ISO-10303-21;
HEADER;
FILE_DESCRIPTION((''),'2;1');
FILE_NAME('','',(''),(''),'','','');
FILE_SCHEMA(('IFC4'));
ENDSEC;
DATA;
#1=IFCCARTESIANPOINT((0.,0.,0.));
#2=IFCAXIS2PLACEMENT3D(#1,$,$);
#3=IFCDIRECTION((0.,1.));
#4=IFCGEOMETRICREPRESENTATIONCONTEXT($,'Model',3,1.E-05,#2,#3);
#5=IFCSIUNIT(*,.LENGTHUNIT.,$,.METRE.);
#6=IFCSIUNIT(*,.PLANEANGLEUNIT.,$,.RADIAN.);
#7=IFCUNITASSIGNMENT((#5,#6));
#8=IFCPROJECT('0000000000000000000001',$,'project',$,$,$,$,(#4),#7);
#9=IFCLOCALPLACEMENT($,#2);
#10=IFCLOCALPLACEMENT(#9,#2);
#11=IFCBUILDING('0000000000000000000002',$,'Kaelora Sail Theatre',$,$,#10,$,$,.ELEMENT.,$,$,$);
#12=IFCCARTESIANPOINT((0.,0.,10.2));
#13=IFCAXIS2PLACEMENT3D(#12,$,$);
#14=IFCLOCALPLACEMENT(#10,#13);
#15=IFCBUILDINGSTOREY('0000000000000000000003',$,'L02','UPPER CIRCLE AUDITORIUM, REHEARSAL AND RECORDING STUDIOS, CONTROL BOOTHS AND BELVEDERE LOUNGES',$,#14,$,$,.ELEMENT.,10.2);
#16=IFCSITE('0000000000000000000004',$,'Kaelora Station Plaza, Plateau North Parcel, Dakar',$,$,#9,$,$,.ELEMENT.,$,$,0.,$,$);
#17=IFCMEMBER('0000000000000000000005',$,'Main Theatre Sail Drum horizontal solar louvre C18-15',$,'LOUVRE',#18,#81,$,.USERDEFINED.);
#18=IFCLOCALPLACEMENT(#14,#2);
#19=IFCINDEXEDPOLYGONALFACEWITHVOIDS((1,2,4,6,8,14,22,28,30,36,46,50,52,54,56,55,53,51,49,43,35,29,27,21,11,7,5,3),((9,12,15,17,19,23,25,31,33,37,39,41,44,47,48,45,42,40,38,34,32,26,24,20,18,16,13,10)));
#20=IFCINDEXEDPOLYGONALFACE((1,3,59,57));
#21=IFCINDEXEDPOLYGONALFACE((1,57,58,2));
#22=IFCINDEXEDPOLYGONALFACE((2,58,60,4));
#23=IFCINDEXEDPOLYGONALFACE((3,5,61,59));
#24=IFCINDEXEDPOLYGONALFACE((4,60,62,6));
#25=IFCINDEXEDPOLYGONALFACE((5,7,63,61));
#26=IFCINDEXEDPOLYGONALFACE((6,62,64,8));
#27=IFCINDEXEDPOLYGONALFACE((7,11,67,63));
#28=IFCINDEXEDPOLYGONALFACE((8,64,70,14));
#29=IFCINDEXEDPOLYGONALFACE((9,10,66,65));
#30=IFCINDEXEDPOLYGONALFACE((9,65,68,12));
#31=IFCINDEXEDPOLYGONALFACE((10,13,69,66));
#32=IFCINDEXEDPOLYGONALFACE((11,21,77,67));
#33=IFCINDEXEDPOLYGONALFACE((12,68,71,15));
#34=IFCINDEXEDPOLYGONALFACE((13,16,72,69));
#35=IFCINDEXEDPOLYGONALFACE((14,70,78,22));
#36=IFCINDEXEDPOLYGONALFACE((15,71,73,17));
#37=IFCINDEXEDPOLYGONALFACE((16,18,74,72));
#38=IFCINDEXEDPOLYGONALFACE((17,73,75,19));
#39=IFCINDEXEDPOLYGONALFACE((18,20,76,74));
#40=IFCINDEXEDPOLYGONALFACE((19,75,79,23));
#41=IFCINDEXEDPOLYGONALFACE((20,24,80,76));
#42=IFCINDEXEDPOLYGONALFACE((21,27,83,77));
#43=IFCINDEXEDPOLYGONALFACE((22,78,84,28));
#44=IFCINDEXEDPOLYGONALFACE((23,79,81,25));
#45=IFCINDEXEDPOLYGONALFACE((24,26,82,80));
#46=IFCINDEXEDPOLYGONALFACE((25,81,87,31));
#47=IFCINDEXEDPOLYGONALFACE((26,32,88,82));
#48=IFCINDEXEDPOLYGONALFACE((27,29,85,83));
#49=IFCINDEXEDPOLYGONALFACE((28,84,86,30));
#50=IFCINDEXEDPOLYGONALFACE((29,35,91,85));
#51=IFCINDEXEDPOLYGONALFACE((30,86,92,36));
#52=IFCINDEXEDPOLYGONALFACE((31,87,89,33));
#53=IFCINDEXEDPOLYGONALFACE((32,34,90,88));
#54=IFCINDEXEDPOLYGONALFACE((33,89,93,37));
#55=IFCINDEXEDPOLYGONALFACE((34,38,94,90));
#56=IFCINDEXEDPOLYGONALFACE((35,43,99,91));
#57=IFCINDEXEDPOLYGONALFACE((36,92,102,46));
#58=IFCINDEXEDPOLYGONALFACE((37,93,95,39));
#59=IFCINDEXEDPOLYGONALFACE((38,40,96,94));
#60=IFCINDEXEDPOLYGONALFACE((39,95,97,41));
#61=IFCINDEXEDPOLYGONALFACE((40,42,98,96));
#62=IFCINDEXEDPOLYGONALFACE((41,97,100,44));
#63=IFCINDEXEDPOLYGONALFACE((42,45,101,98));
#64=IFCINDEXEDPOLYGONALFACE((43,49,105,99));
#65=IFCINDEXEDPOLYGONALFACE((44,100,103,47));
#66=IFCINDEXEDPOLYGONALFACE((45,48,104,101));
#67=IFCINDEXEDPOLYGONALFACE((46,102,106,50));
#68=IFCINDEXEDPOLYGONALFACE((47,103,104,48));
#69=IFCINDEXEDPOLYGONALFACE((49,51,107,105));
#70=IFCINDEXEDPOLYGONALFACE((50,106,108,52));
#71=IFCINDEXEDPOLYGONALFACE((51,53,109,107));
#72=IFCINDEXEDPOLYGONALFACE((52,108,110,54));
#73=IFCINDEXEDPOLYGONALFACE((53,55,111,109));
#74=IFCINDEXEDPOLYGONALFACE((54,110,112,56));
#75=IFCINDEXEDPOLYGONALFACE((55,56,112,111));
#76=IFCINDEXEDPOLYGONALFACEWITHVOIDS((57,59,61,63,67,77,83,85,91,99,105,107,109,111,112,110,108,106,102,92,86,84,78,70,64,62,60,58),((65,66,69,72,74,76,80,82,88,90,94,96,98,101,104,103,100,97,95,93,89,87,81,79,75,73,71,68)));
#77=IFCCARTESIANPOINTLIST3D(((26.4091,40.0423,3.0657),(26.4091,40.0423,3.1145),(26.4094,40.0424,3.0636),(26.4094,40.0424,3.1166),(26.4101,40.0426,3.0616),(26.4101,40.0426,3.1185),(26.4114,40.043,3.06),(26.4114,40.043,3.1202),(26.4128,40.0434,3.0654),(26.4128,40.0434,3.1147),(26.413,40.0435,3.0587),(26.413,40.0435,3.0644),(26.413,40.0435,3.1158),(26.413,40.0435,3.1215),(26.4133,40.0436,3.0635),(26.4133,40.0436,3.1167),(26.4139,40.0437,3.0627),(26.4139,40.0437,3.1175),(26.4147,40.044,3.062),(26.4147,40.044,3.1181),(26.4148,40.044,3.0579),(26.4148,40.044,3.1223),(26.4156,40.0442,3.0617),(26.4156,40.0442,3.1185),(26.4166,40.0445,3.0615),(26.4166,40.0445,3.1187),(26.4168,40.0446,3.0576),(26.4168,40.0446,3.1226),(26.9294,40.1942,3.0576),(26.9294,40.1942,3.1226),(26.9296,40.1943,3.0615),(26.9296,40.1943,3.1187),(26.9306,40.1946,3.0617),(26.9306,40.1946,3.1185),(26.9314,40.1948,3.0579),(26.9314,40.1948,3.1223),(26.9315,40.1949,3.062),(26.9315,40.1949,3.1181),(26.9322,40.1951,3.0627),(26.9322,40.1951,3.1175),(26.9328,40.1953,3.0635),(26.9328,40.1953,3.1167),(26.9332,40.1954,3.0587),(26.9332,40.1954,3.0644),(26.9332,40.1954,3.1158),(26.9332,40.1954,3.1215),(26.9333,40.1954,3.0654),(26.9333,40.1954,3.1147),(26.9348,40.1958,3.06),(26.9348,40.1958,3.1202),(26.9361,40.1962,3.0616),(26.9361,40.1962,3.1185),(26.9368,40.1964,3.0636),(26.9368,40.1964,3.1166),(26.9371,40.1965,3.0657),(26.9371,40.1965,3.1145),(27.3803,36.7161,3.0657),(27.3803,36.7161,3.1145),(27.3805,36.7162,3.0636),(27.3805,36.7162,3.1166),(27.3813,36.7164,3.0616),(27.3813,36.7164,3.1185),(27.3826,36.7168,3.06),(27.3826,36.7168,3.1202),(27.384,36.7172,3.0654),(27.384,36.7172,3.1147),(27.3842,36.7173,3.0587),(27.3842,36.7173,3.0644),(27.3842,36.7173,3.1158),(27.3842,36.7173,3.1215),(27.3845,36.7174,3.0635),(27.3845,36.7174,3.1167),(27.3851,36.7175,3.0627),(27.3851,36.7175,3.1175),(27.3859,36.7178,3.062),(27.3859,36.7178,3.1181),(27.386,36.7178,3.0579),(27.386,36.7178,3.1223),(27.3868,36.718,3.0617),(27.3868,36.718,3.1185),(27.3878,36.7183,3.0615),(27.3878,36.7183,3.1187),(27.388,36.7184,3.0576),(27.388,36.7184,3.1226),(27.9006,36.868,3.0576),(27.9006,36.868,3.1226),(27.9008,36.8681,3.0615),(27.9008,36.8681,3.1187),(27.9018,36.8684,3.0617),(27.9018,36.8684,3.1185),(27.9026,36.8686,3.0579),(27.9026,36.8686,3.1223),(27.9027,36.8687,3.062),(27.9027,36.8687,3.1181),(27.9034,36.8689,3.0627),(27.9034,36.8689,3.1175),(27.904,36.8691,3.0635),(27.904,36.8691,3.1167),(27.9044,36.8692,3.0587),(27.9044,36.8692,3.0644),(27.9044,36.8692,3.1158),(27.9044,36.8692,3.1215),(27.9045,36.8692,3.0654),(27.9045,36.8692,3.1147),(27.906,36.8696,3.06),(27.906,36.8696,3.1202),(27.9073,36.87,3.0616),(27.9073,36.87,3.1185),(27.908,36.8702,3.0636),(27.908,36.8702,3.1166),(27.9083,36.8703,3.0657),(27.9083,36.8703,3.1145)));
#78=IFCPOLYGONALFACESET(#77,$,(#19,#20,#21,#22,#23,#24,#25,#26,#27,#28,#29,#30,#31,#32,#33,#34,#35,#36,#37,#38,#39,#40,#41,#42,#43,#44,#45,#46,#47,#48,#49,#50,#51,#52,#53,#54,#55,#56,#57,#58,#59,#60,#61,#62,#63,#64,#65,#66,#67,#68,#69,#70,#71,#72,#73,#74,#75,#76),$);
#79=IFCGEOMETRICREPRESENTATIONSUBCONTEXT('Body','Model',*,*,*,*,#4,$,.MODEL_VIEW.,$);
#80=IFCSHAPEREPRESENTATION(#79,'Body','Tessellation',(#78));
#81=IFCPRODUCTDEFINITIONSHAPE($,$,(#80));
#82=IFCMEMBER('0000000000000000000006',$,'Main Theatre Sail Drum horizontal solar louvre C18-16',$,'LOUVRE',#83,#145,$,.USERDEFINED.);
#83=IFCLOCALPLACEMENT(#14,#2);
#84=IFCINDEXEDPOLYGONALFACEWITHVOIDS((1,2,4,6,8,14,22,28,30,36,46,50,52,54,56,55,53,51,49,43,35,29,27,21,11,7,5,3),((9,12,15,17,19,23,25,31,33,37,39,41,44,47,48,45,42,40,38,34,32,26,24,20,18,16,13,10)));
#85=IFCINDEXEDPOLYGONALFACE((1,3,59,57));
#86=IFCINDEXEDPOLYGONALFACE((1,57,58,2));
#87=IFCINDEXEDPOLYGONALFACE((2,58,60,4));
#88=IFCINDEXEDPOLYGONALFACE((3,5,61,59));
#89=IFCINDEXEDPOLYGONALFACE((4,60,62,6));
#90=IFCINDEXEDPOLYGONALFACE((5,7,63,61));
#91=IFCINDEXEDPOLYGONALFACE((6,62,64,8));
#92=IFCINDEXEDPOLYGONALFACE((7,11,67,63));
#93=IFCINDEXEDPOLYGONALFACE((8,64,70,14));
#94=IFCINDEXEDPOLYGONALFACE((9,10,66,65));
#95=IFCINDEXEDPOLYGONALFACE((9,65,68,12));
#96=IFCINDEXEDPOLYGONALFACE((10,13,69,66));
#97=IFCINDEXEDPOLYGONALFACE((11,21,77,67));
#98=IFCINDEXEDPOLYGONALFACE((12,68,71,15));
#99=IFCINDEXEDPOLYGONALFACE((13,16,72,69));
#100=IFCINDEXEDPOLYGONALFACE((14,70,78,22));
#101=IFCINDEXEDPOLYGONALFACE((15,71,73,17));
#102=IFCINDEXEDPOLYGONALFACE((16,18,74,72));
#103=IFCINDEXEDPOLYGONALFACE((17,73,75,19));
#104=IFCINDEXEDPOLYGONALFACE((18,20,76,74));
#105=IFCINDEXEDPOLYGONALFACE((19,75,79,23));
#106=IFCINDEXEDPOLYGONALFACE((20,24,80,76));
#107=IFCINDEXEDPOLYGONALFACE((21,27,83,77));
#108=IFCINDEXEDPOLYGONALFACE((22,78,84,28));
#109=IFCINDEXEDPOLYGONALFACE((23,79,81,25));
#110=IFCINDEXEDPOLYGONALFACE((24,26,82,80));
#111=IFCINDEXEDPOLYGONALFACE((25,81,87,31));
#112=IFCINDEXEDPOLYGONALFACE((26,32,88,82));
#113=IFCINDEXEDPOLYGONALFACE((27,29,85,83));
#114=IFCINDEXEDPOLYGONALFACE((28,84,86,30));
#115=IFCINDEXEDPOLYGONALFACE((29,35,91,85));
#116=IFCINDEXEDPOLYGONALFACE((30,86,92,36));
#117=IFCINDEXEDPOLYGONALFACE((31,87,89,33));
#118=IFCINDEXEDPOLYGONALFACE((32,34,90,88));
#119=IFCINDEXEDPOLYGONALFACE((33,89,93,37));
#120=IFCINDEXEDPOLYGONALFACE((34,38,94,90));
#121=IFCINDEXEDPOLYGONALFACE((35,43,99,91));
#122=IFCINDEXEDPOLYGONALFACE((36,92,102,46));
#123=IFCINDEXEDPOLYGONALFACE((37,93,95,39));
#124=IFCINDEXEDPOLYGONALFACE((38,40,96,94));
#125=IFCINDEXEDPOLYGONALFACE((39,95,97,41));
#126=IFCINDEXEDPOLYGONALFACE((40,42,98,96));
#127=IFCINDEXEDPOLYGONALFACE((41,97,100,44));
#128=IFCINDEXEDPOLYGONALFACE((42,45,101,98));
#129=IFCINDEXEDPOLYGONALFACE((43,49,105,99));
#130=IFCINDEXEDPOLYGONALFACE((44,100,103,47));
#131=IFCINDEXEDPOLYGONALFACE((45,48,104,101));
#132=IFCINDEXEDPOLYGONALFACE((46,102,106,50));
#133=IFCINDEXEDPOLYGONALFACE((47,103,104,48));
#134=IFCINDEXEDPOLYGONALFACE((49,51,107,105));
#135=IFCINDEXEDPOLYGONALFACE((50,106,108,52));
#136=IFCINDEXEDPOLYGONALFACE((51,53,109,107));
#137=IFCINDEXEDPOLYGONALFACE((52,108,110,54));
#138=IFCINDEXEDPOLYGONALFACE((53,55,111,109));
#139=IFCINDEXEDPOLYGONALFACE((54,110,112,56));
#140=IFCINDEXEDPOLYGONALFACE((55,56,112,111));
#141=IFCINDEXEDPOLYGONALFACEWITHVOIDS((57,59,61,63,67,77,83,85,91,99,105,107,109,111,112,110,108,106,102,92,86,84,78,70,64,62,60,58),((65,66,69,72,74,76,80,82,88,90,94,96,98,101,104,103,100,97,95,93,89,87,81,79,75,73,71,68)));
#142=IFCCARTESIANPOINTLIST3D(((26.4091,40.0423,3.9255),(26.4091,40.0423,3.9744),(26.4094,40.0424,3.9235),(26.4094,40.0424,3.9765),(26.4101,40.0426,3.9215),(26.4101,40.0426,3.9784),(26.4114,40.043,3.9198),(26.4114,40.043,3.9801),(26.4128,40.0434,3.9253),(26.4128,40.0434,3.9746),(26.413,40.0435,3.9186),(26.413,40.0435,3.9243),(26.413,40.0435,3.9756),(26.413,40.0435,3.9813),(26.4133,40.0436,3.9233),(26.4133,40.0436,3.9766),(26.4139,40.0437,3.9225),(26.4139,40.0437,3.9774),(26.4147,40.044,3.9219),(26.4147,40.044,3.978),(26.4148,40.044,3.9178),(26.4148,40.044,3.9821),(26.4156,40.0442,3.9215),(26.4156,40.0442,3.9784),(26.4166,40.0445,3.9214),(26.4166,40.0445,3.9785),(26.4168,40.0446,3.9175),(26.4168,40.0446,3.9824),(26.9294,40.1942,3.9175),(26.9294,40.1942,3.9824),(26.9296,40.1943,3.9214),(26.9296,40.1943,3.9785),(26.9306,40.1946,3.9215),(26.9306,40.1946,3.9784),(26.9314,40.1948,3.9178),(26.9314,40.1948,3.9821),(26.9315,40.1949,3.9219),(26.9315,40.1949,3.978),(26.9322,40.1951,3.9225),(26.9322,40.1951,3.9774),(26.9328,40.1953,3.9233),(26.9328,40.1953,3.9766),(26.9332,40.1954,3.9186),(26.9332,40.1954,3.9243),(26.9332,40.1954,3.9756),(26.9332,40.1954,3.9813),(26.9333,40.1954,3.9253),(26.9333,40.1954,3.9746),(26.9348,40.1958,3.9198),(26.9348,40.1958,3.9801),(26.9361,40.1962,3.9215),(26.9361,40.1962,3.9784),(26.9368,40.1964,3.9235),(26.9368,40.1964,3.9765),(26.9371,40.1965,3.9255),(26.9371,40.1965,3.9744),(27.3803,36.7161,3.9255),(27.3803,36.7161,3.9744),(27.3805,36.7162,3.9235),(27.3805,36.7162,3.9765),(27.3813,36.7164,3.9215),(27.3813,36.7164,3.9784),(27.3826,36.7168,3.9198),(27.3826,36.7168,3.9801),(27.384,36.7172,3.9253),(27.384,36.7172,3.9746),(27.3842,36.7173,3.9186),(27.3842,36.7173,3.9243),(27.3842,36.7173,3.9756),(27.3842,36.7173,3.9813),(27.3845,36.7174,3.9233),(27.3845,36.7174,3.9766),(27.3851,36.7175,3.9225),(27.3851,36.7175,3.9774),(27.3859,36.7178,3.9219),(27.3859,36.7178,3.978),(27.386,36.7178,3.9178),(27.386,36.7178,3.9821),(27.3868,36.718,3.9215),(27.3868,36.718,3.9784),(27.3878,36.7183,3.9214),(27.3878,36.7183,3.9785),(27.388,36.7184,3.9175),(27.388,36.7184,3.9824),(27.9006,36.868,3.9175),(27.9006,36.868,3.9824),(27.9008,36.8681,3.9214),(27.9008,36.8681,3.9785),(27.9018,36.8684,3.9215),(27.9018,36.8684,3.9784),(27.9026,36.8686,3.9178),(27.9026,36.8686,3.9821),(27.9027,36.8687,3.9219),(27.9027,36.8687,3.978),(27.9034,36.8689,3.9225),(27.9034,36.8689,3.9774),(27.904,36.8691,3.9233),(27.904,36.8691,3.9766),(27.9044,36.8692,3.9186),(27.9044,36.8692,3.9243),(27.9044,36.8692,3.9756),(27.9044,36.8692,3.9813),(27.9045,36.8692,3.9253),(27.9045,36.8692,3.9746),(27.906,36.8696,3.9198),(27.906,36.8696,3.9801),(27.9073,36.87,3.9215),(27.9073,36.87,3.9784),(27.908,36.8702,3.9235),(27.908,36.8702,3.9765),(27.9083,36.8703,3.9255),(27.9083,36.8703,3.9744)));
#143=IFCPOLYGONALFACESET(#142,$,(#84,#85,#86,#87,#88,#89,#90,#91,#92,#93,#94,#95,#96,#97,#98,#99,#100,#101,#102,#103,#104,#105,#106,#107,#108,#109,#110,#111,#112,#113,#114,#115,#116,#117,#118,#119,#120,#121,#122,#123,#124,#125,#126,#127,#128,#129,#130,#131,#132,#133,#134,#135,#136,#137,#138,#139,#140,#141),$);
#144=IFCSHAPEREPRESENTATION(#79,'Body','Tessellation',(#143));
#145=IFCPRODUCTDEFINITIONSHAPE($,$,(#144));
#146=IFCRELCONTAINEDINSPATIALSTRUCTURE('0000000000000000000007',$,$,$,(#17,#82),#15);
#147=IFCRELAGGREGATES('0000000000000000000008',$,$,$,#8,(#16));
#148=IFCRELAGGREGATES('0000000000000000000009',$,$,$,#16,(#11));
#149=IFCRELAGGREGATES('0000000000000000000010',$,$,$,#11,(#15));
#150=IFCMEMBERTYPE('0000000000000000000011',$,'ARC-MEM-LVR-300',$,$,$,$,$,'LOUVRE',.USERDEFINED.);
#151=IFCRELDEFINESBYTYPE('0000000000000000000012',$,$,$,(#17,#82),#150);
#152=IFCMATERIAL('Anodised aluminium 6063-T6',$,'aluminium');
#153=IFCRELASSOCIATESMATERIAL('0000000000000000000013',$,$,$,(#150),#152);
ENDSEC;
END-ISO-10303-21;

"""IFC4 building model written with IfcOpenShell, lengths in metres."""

from ifc_helpers import new_model, si_unit, direction, frame, origin, origin_2d, place, context, subcontext, project, spatial, hollow_rectangle, extrude, material, material_profile, profile_set, type_object, element, save


model = new_model("IFC4")

# Units and contexts
model_context = context("Model", 3, precision=1e-05, world=origin(), true_north=direction((0.0, 1.0)))
body_context = subcontext(model_context, "Body", "Model", "MODEL_VIEW")
ifc_project = project(units=[si_unit("LENGTHUNIT", "METRE"), si_unit("PLANEANGLEUNIT", "RADIAN")], contexts=[model_context])

# Site, building, storey
site_placement = place(None, origin())
site = spatial("IfcSite", under=ifc_project, at=site_placement, Name="Kaelora Station Plaza, Plateau North Parcel, Dakar", CompositionType="ELEMENT", RefElevation=0.0)
building_placement = place(site_placement, origin())
building = spatial("IfcBuilding", under=site, at=building_placement, Name="Kaelora Sail Theatre", CompositionType="ELEMENT")
storey_placement = place(building_placement, frame((0.0, 0.0, 10.2)))
storey = spatial("IfcBuildingStorey", under=building, at=storey_placement, Name="L02", Description="UPPER CIRCLE AUDITORIUM, REHEARSAL AND RECORDING STUDIOS, CONTROL BOOTHS AND BELVEDERE LOUNGES", CompositionType="ELEMENT", Elevation=10.2)

# Members
ifc_material_1 = material(Name="Anodised aluminium 6063-T6", Category="aluminium")
ifc_material_profile_1 = material_profile(ifc_material_1, hollow_rectangle(XDim=0.55, YDim=0.0649, WallThickness=0.0039, InnerFilletRadius=0.0039, OuterFilletRadius=0.0081, at=origin_2d()), Name="LOUVRE 550x65x4")
ifc_profile_set_1 = profile_set([ifc_material_profile_1], Name="Anodised aluminium 6063-T6")
member_type = type_object("IfcMemberType", Name="ARC-MEM-LVR-300", ElementType="LOUVRE", PredefinedType="USERDEFINED", material=ifc_profile_set_1)
for number, where, z_axis, x_axis, name in (
    (1, (27.6443, 36.7932, 3.0901), (-0.280281, 0.959918, 0.0), (-0.959918, -0.280281, 0.0), "Main Theatre Sail Drum horizontal solar louvre C18-15"),
    (2, (27.6443, 36.7932, 3.95), (-0.280281, 0.959918, 0.0), (-0.959918, -0.280281, 0.0), "Main Theatre Sail Drum horizontal solar louvre C18-16"),
):
    element("IfcMember", number, at=place(storey_placement, frame(where, z_axis=z_axis, x_axis=x_axis)), inside=storey, type_object=member_type, Name=name, ObjectType="LOUVRE", PredefinedType="USERDEFINED", context=body_context, shape_type="SweptSolid", body=[
        extrude(hollow_rectangle(XDim=0.55, YDim=0.0649, WallThickness=0.0039, InnerFilletRadius=0.0039, OuterFilletRadius=0.0081, at=origin_2d()), origin(), (0.0, 0.0, 1.0), 3.4651),
    ])

save(model, "model.ifc")
